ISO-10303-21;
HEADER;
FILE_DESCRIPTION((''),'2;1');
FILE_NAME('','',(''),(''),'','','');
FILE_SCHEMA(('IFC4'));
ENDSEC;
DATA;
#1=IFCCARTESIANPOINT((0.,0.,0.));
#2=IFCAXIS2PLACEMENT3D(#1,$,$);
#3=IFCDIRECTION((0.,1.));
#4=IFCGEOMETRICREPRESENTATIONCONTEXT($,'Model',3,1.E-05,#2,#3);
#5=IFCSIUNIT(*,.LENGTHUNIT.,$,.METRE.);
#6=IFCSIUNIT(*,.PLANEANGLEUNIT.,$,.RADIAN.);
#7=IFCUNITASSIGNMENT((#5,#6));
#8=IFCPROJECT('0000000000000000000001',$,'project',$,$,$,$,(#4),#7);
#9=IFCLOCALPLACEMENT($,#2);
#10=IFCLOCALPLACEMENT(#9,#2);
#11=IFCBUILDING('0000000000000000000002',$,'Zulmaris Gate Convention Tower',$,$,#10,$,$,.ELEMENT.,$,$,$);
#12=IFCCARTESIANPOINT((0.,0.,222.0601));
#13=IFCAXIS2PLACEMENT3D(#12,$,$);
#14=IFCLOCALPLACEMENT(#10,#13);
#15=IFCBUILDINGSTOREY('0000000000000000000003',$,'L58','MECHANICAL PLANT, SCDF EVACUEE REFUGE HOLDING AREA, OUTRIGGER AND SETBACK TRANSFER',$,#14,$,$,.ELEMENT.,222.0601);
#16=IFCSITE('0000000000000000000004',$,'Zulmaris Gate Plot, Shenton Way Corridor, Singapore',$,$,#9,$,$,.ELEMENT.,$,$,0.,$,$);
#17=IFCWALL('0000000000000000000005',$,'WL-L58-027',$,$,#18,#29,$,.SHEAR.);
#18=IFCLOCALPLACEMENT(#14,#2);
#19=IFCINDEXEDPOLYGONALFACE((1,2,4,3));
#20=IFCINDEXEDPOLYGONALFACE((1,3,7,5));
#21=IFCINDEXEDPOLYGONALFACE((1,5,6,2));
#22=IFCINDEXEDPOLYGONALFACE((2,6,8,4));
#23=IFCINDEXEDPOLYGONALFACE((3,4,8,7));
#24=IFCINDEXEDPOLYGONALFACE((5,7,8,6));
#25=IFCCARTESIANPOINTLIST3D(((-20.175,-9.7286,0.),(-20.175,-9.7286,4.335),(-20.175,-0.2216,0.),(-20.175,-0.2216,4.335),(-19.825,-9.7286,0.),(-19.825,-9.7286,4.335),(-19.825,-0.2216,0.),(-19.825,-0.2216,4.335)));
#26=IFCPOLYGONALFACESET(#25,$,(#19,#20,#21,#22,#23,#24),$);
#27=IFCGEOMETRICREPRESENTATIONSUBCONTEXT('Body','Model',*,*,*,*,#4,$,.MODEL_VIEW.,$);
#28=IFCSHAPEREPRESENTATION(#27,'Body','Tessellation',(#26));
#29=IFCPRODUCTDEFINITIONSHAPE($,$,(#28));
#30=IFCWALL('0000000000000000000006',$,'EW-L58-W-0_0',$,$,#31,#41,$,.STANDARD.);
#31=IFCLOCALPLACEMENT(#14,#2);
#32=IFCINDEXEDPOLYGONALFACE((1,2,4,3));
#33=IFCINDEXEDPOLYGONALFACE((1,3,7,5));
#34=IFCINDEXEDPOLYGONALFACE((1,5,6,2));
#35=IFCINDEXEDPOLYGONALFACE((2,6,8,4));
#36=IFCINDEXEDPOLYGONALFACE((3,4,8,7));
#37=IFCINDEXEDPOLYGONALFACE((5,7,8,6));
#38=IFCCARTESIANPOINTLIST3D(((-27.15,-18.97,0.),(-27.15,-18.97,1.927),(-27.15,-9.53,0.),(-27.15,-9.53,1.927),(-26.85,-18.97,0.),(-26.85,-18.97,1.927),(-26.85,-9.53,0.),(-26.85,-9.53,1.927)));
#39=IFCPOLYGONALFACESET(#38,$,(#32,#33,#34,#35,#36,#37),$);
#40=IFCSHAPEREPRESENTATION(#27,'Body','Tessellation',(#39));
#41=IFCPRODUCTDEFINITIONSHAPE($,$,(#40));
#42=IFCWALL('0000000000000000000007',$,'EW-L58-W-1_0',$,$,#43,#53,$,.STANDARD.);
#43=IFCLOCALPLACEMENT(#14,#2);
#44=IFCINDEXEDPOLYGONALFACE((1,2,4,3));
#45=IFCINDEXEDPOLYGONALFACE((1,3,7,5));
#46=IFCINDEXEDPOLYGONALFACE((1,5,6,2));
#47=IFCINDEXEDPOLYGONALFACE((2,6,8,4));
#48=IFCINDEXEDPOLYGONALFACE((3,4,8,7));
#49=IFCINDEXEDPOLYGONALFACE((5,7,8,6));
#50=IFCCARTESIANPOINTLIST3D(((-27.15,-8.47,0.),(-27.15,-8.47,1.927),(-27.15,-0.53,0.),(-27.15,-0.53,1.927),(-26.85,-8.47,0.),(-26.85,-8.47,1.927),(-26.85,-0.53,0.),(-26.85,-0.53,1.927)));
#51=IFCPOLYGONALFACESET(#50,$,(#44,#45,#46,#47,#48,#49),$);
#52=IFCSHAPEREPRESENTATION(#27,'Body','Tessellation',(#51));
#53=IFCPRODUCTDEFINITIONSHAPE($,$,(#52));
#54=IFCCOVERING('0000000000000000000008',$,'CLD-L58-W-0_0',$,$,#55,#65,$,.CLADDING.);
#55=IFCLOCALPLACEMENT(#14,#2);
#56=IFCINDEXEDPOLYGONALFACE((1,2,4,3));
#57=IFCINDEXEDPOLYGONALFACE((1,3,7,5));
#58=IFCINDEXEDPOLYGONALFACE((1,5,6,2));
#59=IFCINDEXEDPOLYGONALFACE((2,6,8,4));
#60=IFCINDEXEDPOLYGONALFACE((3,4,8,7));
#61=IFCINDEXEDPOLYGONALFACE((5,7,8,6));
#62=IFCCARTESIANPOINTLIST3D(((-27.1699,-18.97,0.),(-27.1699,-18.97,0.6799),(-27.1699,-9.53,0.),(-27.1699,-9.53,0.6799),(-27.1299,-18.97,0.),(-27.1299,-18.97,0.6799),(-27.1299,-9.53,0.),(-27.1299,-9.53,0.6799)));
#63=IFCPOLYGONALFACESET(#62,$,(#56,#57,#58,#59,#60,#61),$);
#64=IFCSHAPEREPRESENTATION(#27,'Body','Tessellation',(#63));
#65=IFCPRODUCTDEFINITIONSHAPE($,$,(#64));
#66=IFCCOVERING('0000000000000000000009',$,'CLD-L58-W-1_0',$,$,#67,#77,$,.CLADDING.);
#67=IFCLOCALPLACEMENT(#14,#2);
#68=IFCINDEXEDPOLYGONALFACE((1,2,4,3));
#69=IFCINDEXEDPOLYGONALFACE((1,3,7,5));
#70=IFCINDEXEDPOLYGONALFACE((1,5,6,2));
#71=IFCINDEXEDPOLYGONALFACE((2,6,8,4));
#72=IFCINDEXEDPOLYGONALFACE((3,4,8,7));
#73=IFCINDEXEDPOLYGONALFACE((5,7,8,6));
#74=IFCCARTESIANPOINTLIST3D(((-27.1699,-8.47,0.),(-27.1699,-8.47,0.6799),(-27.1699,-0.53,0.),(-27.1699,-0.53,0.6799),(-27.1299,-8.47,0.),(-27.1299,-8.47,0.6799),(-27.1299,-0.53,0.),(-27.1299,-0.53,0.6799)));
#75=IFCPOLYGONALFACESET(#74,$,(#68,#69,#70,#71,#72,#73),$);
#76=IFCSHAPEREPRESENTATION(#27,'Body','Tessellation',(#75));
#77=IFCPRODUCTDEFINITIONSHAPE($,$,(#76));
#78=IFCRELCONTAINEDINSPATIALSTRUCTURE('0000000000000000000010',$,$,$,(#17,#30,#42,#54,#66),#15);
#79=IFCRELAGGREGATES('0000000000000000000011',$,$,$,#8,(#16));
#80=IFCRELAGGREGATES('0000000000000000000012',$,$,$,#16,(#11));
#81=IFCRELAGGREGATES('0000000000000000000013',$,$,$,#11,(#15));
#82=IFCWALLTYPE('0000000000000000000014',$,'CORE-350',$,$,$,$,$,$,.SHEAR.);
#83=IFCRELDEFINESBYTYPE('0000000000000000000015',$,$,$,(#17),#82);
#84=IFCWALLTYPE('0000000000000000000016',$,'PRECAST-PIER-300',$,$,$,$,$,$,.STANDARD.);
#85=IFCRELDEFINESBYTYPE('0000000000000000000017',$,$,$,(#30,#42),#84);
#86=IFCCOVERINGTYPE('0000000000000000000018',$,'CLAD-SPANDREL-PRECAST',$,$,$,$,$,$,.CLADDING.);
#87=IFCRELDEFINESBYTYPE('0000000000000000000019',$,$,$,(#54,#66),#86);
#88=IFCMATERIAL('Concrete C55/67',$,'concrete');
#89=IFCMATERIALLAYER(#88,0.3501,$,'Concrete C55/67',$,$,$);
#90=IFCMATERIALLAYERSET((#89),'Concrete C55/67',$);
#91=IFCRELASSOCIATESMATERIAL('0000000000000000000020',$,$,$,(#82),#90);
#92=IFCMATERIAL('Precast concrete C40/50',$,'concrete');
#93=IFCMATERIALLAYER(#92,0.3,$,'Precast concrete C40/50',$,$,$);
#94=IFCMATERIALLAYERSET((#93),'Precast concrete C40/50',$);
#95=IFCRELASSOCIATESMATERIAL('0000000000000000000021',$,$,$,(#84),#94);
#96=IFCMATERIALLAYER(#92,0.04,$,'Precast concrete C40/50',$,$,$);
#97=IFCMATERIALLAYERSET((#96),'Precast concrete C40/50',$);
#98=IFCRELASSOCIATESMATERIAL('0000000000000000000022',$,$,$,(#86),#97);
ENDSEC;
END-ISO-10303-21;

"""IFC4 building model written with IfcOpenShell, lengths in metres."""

from ifc_helpers import new_model, si_unit, direction, frame, frame_2d, origin, place, context, subcontext, project, spatial, rectangle, extrude, material, layer, layer_set, type_object, element, save


model = new_model("IFC4")

# Units and contexts
model_context = context("Model", 3, precision=1e-05, world=origin(), true_north=direction((0.0, 1.0)))
body_context = subcontext(model_context, "Body", "Model", "MODEL_VIEW")
ifc_project = project(units=[si_unit("LENGTHUNIT", "METRE"), si_unit("PLANEANGLEUNIT", "RADIAN")], contexts=[model_context])

# Site, building, storey
site_placement = place(None, origin())
site = spatial("IfcSite", under=ifc_project, at=site_placement, Name="Zulmaris Gate Plot, Shenton Way Corridor, Singapore", CompositionType="ELEMENT", RefElevation=0.0)
building_placement = place(site_placement, origin())
building = spatial("IfcBuilding", under=site, at=building_placement, Name="Zulmaris Gate Convention Tower", CompositionType="ELEMENT")
storey_placement = place(building_placement, frame((0.0, 0.0, 222.0601)))
storey = spatial("IfcBuildingStorey", under=building, at=storey_placement, Name="L58", Description="MECHANICAL PLANT, SCDF EVACUEE REFUGE HOLDING AREA, OUTRIGGER AND SETBACK TRANSFER", CompositionType="ELEMENT", Elevation=222.0601)

# Shared definitions
ifc_material_1 = material(Name="Concrete C55/67", Category="concrete")
ifc_layer_1 = layer(ifc_material_1, 0.3501, Name="Concrete C55/67")
ifc_layer_set_1 = layer_set([ifc_layer_1], Name="Concrete C55/67")
wall_type_1 = type_object("IfcWallType", Name="CORE-350", PredefinedType="SHEAR", material=ifc_layer_set_1)

# Walls
wall_1_placement = place(storey_placement, frame((-20.0, -9.7285, 0.0), z_axis=(0.0, 0.0, 1.0), x_axis=(0.0, 1.0, 0.0)))
element("IfcWall", 1, at=wall_1_placement, inside=storey, type_object=wall_type_1, Name="WL-L58-027", PredefinedType="SHEAR", context=body_context, shape_type="SweptSolid", body=[
    extrude(rectangle(XDim=9.5071, YDim=0.3501, at=frame_2d((4.7534, 0.0))), origin(), (0.0, 0.0, 1.0), 4.335),
])
ifc_material_2 = material(Name="Precast concrete C40/50", Category="concrete")
ifc_layer_2 = layer(ifc_material_2, 0.3, Name="Precast concrete C40/50")
ifc_layer_set_2 = layer_set([ifc_layer_2], Name="Precast concrete C40/50")
wall_type_2 = type_object("IfcWallType", Name="PRECAST-PIER-300", PredefinedType="STANDARD", material=ifc_layer_set_2)
wall_2_placement = place(storey_placement, frame((-27.0, -9.53, 0.0), z_axis=(0.0, 0.0, 1.0), x_axis=(0.0, -1.0, 0.0)))
element("IfcWall", 2, at=wall_2_placement, inside=storey, type_object=wall_type_2, Name="EW-L58-W-0_0", PredefinedType="STANDARD", context=body_context, shape_type="SweptSolid", body=[
    extrude(rectangle(XDim=9.4399, YDim=0.3, at=frame_2d((4.72, 0.0))), origin(), (0.0, 0.0, 1.0), 1.927),
])
wall_3_placement = place(storey_placement, frame((-27.0, -0.53, 0.0), z_axis=(0.0, 0.0, 1.0), x_axis=(0.0, -1.0, 0.0)))
element("IfcWall", 3, at=wall_3_placement, inside=storey, type_object=wall_type_2, Name="EW-L58-W-1_0", PredefinedType="STANDARD", context=body_context, shape_type="SweptSolid", body=[
    extrude(rectangle(XDim=7.9399, YDim=0.3, at=frame_2d((3.97, 0.0))), origin(), (0.0, 0.0, 1.0), 1.927),
])

# Coverings
ifc_layer_3 = layer(ifc_material_2, 0.04, Name="Precast concrete C40/50")
ifc_layer_set_3 = layer_set([ifc_layer_3], Name="Precast concrete C40/50")
covering_type = type_object("IfcCoveringType", Name="CLAD-SPANDREL-PRECAST", PredefinedType="CLADDING", material=ifc_layer_set_3)
covering_1_placement = place(storey_placement, frame((-27.1499, -9.53, 0.0), z_axis=(0.0, 0.0, 1.0), x_axis=(0.0, -1.0, 0.0)))
element("IfcCovering", 4, at=covering_1_placement, inside=storey, type_object=covering_type, Name="CLD-L58-W-0_0", PredefinedType="CLADDING", context=body_context, shape_type="SweptSolid", body=[
    extrude(rectangle(XDim=9.4399, YDim=0.04, at=frame_2d((4.72, 0.0))), origin(), (0.0, 0.0, 1.0), 0.6799),
])
covering_2_placement = place(storey_placement, frame((-27.1499, -0.53, 0.0), z_axis=(0.0, 0.0, 1.0), x_axis=(0.0, -1.0, 0.0)))
element("IfcCovering", 5, at=covering_2_placement, inside=storey, type_object=covering_type, Name="CLD-L58-W-1_0", PredefinedType="CLADDING", context=body_context, shape_type="SweptSolid", body=[
    extrude(rectangle(XDim=7.9399, YDim=0.04, at=frame_2d((3.97, 0.0))), origin(), (0.0, 0.0, 1.0), 0.6799),
])

save(model, "model.ifc")
